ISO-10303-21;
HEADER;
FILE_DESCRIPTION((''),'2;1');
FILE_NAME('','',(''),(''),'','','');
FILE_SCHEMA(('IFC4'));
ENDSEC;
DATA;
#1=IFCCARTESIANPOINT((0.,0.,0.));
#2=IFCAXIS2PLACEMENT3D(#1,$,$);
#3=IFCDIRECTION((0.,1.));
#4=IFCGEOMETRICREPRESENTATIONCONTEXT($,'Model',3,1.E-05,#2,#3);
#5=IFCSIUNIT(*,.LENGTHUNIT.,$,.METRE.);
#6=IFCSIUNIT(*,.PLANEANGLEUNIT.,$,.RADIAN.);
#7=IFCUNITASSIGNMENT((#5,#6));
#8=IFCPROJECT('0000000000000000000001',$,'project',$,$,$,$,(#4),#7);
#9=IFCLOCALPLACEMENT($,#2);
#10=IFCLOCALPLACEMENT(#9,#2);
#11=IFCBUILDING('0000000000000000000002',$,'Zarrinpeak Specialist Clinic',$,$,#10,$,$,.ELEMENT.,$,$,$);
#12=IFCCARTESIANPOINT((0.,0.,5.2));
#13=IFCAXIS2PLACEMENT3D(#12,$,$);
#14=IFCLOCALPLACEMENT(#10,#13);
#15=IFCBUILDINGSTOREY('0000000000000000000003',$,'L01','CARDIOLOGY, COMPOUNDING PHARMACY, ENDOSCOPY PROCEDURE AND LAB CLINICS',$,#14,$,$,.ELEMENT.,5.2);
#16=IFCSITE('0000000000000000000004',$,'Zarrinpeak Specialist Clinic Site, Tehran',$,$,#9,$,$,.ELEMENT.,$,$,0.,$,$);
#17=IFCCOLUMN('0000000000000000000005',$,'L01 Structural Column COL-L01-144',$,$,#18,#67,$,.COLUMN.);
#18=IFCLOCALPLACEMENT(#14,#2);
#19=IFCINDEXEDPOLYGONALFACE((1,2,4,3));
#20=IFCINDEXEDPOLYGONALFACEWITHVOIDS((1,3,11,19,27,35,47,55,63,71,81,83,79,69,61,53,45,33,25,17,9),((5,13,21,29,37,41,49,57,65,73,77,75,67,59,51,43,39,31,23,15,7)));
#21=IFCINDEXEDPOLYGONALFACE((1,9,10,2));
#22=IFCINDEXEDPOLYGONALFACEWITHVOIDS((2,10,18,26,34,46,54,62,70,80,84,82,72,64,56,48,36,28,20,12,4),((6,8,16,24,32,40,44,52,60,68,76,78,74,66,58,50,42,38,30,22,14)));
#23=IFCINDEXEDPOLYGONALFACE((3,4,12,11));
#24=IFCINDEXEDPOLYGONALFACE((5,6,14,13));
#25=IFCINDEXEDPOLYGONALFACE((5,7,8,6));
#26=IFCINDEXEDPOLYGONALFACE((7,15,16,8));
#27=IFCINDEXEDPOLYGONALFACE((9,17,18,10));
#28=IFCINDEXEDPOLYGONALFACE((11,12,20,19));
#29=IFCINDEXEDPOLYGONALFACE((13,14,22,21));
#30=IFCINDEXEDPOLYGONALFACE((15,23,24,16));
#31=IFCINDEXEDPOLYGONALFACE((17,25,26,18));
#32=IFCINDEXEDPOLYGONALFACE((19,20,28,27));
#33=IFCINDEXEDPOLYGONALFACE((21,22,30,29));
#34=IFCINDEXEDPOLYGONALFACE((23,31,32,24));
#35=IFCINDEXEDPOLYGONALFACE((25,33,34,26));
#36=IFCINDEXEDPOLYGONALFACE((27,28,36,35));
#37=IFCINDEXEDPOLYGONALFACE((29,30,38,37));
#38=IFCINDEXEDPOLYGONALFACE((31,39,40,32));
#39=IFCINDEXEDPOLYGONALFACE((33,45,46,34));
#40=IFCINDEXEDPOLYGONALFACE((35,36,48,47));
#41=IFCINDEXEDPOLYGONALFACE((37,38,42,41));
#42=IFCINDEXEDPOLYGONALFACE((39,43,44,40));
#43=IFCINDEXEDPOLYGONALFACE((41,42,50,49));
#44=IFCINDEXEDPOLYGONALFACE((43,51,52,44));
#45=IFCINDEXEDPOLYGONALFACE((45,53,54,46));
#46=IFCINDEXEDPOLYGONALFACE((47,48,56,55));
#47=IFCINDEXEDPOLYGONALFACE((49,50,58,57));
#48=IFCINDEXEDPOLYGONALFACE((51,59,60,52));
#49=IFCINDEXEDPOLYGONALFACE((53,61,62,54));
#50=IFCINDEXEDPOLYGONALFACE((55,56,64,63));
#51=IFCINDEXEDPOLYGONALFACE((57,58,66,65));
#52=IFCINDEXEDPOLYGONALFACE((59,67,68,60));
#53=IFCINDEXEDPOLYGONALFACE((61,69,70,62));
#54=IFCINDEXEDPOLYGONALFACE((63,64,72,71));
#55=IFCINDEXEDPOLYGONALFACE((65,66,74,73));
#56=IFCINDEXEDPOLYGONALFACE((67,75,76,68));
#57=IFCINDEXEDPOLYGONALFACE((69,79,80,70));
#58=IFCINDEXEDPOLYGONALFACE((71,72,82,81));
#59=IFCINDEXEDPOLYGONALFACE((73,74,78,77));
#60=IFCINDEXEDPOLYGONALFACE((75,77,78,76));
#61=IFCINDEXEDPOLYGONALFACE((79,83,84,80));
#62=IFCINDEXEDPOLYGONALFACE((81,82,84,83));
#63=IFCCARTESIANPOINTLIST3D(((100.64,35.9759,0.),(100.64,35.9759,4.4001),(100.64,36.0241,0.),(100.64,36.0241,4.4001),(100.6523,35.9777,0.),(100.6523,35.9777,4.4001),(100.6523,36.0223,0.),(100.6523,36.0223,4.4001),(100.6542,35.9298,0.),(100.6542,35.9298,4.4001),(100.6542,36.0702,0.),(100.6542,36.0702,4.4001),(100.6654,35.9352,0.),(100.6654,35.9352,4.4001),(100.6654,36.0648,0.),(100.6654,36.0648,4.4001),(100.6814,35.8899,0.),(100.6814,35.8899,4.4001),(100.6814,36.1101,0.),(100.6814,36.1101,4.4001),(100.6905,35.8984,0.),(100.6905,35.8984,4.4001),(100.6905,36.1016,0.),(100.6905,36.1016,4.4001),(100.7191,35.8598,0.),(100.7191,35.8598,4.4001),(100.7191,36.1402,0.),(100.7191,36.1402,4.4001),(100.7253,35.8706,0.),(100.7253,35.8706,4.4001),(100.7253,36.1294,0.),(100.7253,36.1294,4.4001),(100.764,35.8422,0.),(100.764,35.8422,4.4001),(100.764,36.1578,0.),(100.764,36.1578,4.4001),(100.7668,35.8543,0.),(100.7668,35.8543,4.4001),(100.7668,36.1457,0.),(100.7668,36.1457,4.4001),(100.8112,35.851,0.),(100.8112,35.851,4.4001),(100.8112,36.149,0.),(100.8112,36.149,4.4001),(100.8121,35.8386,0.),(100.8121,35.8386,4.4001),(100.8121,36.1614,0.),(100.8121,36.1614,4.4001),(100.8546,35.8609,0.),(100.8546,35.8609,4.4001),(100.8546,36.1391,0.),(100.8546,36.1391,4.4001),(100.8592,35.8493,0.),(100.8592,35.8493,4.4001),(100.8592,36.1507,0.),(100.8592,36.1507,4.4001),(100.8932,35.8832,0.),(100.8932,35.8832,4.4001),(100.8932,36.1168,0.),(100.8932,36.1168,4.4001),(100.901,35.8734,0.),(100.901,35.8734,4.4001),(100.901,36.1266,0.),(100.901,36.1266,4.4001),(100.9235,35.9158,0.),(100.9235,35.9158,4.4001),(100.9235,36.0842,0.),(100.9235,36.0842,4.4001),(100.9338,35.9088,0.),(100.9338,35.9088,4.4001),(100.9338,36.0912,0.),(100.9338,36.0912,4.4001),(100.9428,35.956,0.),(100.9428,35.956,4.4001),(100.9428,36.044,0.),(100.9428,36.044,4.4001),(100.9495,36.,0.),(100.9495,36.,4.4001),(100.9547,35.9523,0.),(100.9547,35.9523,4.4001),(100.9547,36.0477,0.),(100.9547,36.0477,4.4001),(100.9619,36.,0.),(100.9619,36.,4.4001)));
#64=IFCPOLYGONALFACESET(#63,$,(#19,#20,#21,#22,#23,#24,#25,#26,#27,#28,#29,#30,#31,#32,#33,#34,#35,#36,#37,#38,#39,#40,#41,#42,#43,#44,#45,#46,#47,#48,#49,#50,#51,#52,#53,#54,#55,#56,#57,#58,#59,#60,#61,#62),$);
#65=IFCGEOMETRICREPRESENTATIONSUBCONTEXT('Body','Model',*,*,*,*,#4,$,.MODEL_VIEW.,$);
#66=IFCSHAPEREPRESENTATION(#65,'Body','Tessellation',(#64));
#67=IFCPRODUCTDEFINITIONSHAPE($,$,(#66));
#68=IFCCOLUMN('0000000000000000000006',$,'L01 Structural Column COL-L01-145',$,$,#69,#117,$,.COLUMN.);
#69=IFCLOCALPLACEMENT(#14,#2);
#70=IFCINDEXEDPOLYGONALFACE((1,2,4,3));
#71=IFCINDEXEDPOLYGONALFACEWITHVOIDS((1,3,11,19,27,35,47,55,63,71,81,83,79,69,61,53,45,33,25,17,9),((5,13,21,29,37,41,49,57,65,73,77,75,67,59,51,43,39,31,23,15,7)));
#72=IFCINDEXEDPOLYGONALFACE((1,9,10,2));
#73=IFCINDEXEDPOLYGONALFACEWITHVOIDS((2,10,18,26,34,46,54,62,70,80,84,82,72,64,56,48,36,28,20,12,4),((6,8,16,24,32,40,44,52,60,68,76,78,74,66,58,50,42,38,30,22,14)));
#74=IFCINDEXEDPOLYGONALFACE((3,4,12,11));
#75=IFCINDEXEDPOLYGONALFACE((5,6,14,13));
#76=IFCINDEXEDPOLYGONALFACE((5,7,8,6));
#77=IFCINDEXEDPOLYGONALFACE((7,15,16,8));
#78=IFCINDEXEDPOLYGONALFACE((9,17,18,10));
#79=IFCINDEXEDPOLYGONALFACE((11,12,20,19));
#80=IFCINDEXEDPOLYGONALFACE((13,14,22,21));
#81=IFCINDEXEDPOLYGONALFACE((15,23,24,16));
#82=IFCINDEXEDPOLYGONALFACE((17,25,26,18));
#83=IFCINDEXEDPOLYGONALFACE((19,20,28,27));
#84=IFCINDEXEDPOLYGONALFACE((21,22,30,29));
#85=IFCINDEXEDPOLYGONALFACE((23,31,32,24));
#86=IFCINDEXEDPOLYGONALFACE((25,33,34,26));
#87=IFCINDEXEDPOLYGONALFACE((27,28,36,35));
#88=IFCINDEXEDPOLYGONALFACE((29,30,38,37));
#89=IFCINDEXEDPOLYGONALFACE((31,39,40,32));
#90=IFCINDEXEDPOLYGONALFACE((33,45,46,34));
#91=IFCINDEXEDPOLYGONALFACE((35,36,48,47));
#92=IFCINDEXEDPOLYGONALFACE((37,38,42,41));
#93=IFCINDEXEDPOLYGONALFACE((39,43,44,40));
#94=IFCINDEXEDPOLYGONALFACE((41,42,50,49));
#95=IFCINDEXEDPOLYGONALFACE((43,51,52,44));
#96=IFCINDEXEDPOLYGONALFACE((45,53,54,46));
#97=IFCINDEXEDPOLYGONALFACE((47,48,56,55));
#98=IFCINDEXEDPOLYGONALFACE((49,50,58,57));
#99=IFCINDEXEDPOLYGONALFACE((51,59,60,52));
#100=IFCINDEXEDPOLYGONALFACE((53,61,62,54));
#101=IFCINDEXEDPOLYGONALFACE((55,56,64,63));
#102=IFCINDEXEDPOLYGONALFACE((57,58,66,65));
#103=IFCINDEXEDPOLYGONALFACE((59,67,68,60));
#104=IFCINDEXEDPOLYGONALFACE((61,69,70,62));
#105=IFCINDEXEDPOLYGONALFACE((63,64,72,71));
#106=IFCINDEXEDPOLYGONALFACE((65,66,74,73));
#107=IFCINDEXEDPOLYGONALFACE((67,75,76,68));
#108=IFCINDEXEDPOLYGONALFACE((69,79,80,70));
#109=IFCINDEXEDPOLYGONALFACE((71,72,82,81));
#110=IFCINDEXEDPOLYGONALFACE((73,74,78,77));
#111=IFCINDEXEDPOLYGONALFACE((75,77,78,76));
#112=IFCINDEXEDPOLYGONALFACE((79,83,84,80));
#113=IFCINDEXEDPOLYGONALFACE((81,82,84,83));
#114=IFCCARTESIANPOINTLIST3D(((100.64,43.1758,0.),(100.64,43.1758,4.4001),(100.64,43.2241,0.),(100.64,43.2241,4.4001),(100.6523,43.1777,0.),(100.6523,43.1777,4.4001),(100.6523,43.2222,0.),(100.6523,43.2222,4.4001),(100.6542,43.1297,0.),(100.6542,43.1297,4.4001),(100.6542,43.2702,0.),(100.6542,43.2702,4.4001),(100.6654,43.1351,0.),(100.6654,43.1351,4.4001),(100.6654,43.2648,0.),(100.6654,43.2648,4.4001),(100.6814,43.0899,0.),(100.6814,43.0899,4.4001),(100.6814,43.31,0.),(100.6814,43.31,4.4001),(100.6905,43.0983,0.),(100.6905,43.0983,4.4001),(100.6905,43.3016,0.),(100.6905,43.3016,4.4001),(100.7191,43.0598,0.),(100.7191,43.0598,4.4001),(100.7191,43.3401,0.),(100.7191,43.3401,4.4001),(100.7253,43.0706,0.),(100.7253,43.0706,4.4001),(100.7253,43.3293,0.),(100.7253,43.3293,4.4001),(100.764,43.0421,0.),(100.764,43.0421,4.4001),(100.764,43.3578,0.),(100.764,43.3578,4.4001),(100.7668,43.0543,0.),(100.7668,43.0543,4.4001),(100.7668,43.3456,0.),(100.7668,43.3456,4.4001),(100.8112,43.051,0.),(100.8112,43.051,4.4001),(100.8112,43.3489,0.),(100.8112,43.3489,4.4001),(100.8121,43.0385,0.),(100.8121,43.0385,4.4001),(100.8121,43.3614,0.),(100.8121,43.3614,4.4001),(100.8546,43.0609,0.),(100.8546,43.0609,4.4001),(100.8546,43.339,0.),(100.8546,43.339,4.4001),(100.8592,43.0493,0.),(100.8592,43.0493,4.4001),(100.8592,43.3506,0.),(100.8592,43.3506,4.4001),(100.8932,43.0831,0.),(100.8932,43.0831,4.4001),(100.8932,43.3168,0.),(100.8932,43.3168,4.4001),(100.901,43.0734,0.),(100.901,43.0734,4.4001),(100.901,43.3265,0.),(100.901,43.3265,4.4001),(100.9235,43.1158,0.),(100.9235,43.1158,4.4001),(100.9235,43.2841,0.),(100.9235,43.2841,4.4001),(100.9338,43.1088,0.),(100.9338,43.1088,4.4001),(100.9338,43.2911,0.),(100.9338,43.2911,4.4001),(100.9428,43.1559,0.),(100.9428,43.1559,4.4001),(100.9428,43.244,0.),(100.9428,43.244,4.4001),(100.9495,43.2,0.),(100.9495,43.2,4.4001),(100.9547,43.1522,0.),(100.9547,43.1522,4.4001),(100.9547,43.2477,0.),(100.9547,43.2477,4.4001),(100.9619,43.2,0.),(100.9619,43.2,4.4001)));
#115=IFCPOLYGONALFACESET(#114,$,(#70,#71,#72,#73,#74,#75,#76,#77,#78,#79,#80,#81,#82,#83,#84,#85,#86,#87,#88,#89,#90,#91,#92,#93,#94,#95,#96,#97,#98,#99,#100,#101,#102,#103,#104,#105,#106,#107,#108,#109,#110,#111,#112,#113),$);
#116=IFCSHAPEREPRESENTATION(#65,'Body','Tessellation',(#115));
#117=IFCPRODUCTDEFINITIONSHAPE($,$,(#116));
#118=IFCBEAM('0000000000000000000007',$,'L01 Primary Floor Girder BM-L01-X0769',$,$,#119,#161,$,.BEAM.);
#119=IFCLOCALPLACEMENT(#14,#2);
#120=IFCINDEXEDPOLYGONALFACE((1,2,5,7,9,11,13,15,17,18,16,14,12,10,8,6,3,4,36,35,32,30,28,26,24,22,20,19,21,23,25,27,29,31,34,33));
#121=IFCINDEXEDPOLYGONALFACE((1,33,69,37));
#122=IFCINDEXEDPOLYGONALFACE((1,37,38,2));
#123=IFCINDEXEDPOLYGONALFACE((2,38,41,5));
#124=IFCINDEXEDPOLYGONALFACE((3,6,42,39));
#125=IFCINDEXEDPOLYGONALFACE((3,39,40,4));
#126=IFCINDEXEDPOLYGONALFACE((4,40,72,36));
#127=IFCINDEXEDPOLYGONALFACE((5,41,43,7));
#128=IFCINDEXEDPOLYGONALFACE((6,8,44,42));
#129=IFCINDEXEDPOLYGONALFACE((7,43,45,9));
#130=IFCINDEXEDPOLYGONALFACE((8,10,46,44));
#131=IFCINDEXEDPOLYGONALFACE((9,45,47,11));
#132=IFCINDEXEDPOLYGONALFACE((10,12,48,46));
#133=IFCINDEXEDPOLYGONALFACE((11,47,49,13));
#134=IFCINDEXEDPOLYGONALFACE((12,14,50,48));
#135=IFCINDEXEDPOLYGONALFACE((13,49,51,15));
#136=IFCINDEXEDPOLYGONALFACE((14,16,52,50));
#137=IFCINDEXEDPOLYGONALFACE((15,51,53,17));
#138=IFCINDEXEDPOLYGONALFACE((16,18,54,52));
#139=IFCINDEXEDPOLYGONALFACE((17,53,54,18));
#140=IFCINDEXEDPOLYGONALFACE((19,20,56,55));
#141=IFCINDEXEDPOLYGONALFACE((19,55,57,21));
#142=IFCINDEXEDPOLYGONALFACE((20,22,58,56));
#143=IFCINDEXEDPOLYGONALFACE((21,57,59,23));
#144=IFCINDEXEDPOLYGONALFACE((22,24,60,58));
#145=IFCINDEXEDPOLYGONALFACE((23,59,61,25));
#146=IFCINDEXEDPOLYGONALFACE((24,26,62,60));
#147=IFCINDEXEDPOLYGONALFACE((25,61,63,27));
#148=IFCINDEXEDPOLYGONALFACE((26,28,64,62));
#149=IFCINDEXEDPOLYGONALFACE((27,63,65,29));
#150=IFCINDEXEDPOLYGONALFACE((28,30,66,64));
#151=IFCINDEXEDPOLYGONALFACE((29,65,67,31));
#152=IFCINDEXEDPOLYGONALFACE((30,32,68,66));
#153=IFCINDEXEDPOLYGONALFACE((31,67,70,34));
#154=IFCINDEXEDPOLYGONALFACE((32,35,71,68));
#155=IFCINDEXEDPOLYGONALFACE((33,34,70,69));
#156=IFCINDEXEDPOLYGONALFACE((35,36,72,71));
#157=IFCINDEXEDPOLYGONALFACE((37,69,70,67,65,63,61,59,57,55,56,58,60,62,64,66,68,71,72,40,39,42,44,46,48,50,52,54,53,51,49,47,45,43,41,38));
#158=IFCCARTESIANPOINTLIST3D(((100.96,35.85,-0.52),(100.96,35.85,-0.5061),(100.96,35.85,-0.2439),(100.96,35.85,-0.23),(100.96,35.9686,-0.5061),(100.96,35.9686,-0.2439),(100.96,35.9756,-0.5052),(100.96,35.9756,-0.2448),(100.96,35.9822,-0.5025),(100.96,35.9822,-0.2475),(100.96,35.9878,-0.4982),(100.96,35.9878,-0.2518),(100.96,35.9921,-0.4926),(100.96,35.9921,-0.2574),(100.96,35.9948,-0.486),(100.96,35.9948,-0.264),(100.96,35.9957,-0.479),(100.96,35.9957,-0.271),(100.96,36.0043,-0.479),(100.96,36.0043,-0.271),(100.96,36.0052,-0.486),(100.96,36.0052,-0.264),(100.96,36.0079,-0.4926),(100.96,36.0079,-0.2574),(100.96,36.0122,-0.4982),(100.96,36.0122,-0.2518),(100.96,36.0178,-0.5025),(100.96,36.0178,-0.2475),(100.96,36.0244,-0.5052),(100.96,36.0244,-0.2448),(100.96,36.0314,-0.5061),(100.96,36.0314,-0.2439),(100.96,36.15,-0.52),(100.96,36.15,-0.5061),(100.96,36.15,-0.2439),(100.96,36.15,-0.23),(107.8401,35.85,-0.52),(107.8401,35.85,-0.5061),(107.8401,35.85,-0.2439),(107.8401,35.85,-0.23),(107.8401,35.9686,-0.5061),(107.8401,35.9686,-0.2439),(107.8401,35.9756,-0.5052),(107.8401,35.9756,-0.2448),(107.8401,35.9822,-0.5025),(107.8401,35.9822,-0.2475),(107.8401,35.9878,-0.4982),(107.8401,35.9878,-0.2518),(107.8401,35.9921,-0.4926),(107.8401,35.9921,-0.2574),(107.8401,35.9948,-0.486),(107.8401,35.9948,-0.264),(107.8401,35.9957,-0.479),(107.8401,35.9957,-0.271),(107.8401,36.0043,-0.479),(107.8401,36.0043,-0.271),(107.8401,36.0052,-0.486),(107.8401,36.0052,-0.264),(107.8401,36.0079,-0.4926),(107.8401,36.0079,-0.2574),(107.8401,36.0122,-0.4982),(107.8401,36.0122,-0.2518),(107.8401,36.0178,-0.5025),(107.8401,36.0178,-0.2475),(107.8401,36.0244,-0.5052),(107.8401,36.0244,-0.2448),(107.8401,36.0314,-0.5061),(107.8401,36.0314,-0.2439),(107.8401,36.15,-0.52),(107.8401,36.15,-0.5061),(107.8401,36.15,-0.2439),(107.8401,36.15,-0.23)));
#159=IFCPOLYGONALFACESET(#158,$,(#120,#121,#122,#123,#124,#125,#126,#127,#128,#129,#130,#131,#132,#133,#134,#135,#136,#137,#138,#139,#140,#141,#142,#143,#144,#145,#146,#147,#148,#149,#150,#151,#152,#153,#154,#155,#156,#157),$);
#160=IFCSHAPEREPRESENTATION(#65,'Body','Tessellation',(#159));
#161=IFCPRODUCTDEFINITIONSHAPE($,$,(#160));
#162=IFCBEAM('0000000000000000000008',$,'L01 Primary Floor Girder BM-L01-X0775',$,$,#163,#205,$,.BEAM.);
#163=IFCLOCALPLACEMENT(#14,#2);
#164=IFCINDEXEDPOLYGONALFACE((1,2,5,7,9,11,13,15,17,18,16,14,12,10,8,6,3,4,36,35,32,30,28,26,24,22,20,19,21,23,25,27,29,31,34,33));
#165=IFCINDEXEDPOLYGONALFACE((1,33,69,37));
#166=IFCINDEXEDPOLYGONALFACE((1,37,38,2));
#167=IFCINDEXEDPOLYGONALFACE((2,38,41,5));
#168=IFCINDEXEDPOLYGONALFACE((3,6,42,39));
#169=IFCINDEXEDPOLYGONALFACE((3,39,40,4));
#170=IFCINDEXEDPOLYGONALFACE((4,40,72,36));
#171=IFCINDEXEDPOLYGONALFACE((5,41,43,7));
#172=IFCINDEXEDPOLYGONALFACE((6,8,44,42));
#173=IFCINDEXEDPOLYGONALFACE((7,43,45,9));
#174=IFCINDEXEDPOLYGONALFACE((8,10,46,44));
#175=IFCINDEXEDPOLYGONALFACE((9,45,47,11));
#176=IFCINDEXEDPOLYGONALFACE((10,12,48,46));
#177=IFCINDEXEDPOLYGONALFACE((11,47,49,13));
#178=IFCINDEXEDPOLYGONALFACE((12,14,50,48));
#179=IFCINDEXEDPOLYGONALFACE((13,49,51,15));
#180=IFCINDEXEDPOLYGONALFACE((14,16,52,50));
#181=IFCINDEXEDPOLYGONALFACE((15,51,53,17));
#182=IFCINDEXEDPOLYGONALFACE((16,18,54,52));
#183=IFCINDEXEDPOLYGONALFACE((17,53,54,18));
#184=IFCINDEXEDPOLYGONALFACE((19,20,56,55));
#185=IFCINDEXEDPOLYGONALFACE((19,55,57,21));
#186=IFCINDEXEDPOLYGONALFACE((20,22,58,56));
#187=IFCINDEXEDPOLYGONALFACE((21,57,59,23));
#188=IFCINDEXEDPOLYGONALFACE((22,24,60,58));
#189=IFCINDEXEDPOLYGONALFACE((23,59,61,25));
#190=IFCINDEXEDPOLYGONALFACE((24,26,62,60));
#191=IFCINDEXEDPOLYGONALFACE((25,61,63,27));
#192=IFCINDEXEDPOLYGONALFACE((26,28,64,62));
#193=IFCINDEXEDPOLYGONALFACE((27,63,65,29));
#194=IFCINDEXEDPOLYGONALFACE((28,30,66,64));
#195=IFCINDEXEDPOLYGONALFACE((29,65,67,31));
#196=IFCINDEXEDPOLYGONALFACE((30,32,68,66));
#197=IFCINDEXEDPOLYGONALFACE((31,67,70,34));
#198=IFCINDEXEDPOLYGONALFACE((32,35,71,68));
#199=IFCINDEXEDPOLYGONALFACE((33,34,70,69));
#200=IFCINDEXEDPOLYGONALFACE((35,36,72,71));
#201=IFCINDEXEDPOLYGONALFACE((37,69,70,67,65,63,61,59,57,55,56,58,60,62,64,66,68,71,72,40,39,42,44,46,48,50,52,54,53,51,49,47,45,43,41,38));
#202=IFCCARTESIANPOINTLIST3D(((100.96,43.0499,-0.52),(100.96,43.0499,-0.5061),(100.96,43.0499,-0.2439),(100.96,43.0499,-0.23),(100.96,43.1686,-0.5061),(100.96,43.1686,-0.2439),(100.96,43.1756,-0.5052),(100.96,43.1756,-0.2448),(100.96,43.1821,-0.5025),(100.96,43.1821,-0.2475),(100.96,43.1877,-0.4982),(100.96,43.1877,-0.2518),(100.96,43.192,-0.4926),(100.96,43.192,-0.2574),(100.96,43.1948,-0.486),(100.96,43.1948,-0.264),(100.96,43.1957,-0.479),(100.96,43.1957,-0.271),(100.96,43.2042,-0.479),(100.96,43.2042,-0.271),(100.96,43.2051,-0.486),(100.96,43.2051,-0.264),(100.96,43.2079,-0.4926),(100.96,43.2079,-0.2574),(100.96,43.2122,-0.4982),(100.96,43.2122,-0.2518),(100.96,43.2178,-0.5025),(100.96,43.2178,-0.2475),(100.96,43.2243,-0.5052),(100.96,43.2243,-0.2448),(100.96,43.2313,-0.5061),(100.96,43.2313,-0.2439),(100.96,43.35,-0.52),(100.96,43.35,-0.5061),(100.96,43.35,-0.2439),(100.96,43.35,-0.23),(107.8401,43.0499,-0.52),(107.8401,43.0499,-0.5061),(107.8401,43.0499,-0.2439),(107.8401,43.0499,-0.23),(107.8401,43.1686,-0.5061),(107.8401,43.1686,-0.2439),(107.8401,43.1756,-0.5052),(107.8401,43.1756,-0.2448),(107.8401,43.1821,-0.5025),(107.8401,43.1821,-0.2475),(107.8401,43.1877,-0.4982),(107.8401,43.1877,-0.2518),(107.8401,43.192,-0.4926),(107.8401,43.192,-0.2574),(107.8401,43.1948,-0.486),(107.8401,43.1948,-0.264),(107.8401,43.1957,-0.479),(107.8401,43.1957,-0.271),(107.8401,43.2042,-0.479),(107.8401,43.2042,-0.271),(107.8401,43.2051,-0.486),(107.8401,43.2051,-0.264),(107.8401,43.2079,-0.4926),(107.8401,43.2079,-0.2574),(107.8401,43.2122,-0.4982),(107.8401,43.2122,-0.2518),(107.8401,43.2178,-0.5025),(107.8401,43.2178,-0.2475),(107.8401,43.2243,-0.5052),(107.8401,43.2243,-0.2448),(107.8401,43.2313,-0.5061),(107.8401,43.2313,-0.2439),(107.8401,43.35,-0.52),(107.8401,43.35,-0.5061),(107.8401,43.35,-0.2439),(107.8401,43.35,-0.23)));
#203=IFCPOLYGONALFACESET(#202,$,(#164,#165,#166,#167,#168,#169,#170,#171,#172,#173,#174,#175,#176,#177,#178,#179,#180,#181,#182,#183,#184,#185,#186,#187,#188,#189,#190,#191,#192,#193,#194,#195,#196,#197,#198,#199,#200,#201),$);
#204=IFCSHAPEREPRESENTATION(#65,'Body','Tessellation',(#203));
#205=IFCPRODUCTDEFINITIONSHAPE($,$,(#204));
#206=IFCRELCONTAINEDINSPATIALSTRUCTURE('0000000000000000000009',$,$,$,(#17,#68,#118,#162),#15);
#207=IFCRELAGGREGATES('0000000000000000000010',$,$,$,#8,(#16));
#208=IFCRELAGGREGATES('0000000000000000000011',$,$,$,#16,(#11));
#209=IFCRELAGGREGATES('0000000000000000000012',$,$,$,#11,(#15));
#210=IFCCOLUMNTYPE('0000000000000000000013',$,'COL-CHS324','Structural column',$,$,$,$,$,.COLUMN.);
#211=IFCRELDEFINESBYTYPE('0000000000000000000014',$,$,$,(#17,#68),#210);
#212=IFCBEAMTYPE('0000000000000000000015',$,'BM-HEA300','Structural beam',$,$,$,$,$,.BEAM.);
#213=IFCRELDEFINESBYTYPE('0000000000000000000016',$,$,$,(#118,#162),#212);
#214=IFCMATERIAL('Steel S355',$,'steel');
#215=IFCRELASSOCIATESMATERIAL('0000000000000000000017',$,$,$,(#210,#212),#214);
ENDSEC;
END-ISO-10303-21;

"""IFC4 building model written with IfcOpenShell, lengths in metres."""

from ifc_helpers import new_model, si_unit, direction, frame, origin, origin_2d, place, context, subcontext, project, spatial, hollow_circle, i_section, extrude, material, material_profile, profile_set, type_object, element, save


model = new_model("IFC4")

# Units and contexts
model_context = context("Model", 3, precision=1e-05, world=origin(), true_north=direction((0.0, 1.0)))
body_context = subcontext(model_context, "Body", "Model", "MODEL_VIEW")
ifc_project = project(units=[si_unit("LENGTHUNIT", "METRE"), si_unit("PLANEANGLEUNIT", "RADIAN")], contexts=[model_context])

# Site, building, storey
site_placement = place(None, origin())
site = spatial("IfcSite", under=ifc_project, at=site_placement, Name="Zarrinpeak Specialist Clinic Site, Tehran", CompositionType="ELEMENT", RefElevation=0.0)
building_placement = place(site_placement, origin())
building = spatial("IfcBuilding", under=site, at=building_placement, Name="Zarrinpeak Specialist Clinic", CompositionType="ELEMENT")
storey_placement = place(building_placement, frame((0.0, 0.0, 5.2)))
storey = spatial("IfcBuildingStorey", under=building, at=storey_placement, Name="L01", Description="CARDIOLOGY, COMPOUNDING PHARMACY, ENDOSCOPY PROCEDURE AND LAB CLINICS", CompositionType="ELEMENT", Elevation=5.2)

# Columns
ifc_material_1 = material(Name="Steel S355", Category="steel")
ifc_material_profile_1 = material_profile(ifc_material_1, hollow_circle(Radius=0.1619, WallThickness=0.0125, at=origin_2d()), Name="CHS 323.9x12.5")
ifc_profile_set_1 = profile_set([ifc_material_profile_1], Name="Steel S355")
column_type = type_object("IfcColumnType", Name="COL-CHS324", Description="Structural column", PredefinedType="COLUMN", material=ifc_profile_set_1)
for number, where, z_axis, x_axis, name in (
    (1, (100.8, 36.0, 0.0), (0.0, 0.0, 1.0), (1.0, 0.0, 0.0), "L01 Structural Column COL-L01-144"),
    (2, (100.8, 43.2, 0.0), (0.0, 0.0, 1.0), (1.0, 0.0, 0.0), "L01 Structural Column COL-L01-145"),
):
    element("IfcColumn", number, at=place(storey_placement, frame(where, z_axis=z_axis, x_axis=x_axis)), inside=storey, type_object=column_type, Name=name, PredefinedType="COLUMN", context=body_context, shape_type="SweptSolid", body=[
        extrude(hollow_circle(Radius=0.1619, WallThickness=0.0125, at=origin_2d()), origin(), (0.0, 0.0, 1.0), 4.4001),
    ])

# Beams
ifc_material_profile_2 = material_profile(ifc_material_1, i_section(OverallWidth=0.3, OverallDepth=0.29, WebThickness=0.0085, FlangeThickness=0.0139, FilletRadius=0.0271, at=origin_2d()), Name="HEA 300")
ifc_profile_set_2 = profile_set([ifc_material_profile_2], Name="Steel S355")
beam_type_1 = type_object("IfcBeamType", Name="BM-HEA300", Description="Structural beam", PredefinedType="BEAM", material=ifc_profile_set_2)
for number, where, z_axis, x_axis, name in (
    (3, (100.96, 36.0, -0.375), (1.0, 0.0, 0.0), (0.0, 1.0, 0.0), "L01 Primary Floor Girder BM-L01-X0769"),
    (4, (100.96, 43.2, -0.375), (1.0, 0.0, 0.0), (0.0, 1.0, 0.0), "L01 Primary Floor Girder BM-L01-X0775"),
):
    element("IfcBeam", number, at=place(storey_placement, frame(where, z_axis=z_axis, x_axis=x_axis)), inside=storey, type_object=beam_type_1, Name=name, PredefinedType="BEAM", context=body_context, shape_type="SweptSolid", body=[
        extrude(i_section(OverallWidth=0.3, OverallDepth=0.29, WebThickness=0.0085, FlangeThickness=0.0139, FilletRadius=0.0271, at=origin_2d()), origin(), (0.0, 0.0, 1.0), 6.8801),
    ])

save(model, "model.ifc")
